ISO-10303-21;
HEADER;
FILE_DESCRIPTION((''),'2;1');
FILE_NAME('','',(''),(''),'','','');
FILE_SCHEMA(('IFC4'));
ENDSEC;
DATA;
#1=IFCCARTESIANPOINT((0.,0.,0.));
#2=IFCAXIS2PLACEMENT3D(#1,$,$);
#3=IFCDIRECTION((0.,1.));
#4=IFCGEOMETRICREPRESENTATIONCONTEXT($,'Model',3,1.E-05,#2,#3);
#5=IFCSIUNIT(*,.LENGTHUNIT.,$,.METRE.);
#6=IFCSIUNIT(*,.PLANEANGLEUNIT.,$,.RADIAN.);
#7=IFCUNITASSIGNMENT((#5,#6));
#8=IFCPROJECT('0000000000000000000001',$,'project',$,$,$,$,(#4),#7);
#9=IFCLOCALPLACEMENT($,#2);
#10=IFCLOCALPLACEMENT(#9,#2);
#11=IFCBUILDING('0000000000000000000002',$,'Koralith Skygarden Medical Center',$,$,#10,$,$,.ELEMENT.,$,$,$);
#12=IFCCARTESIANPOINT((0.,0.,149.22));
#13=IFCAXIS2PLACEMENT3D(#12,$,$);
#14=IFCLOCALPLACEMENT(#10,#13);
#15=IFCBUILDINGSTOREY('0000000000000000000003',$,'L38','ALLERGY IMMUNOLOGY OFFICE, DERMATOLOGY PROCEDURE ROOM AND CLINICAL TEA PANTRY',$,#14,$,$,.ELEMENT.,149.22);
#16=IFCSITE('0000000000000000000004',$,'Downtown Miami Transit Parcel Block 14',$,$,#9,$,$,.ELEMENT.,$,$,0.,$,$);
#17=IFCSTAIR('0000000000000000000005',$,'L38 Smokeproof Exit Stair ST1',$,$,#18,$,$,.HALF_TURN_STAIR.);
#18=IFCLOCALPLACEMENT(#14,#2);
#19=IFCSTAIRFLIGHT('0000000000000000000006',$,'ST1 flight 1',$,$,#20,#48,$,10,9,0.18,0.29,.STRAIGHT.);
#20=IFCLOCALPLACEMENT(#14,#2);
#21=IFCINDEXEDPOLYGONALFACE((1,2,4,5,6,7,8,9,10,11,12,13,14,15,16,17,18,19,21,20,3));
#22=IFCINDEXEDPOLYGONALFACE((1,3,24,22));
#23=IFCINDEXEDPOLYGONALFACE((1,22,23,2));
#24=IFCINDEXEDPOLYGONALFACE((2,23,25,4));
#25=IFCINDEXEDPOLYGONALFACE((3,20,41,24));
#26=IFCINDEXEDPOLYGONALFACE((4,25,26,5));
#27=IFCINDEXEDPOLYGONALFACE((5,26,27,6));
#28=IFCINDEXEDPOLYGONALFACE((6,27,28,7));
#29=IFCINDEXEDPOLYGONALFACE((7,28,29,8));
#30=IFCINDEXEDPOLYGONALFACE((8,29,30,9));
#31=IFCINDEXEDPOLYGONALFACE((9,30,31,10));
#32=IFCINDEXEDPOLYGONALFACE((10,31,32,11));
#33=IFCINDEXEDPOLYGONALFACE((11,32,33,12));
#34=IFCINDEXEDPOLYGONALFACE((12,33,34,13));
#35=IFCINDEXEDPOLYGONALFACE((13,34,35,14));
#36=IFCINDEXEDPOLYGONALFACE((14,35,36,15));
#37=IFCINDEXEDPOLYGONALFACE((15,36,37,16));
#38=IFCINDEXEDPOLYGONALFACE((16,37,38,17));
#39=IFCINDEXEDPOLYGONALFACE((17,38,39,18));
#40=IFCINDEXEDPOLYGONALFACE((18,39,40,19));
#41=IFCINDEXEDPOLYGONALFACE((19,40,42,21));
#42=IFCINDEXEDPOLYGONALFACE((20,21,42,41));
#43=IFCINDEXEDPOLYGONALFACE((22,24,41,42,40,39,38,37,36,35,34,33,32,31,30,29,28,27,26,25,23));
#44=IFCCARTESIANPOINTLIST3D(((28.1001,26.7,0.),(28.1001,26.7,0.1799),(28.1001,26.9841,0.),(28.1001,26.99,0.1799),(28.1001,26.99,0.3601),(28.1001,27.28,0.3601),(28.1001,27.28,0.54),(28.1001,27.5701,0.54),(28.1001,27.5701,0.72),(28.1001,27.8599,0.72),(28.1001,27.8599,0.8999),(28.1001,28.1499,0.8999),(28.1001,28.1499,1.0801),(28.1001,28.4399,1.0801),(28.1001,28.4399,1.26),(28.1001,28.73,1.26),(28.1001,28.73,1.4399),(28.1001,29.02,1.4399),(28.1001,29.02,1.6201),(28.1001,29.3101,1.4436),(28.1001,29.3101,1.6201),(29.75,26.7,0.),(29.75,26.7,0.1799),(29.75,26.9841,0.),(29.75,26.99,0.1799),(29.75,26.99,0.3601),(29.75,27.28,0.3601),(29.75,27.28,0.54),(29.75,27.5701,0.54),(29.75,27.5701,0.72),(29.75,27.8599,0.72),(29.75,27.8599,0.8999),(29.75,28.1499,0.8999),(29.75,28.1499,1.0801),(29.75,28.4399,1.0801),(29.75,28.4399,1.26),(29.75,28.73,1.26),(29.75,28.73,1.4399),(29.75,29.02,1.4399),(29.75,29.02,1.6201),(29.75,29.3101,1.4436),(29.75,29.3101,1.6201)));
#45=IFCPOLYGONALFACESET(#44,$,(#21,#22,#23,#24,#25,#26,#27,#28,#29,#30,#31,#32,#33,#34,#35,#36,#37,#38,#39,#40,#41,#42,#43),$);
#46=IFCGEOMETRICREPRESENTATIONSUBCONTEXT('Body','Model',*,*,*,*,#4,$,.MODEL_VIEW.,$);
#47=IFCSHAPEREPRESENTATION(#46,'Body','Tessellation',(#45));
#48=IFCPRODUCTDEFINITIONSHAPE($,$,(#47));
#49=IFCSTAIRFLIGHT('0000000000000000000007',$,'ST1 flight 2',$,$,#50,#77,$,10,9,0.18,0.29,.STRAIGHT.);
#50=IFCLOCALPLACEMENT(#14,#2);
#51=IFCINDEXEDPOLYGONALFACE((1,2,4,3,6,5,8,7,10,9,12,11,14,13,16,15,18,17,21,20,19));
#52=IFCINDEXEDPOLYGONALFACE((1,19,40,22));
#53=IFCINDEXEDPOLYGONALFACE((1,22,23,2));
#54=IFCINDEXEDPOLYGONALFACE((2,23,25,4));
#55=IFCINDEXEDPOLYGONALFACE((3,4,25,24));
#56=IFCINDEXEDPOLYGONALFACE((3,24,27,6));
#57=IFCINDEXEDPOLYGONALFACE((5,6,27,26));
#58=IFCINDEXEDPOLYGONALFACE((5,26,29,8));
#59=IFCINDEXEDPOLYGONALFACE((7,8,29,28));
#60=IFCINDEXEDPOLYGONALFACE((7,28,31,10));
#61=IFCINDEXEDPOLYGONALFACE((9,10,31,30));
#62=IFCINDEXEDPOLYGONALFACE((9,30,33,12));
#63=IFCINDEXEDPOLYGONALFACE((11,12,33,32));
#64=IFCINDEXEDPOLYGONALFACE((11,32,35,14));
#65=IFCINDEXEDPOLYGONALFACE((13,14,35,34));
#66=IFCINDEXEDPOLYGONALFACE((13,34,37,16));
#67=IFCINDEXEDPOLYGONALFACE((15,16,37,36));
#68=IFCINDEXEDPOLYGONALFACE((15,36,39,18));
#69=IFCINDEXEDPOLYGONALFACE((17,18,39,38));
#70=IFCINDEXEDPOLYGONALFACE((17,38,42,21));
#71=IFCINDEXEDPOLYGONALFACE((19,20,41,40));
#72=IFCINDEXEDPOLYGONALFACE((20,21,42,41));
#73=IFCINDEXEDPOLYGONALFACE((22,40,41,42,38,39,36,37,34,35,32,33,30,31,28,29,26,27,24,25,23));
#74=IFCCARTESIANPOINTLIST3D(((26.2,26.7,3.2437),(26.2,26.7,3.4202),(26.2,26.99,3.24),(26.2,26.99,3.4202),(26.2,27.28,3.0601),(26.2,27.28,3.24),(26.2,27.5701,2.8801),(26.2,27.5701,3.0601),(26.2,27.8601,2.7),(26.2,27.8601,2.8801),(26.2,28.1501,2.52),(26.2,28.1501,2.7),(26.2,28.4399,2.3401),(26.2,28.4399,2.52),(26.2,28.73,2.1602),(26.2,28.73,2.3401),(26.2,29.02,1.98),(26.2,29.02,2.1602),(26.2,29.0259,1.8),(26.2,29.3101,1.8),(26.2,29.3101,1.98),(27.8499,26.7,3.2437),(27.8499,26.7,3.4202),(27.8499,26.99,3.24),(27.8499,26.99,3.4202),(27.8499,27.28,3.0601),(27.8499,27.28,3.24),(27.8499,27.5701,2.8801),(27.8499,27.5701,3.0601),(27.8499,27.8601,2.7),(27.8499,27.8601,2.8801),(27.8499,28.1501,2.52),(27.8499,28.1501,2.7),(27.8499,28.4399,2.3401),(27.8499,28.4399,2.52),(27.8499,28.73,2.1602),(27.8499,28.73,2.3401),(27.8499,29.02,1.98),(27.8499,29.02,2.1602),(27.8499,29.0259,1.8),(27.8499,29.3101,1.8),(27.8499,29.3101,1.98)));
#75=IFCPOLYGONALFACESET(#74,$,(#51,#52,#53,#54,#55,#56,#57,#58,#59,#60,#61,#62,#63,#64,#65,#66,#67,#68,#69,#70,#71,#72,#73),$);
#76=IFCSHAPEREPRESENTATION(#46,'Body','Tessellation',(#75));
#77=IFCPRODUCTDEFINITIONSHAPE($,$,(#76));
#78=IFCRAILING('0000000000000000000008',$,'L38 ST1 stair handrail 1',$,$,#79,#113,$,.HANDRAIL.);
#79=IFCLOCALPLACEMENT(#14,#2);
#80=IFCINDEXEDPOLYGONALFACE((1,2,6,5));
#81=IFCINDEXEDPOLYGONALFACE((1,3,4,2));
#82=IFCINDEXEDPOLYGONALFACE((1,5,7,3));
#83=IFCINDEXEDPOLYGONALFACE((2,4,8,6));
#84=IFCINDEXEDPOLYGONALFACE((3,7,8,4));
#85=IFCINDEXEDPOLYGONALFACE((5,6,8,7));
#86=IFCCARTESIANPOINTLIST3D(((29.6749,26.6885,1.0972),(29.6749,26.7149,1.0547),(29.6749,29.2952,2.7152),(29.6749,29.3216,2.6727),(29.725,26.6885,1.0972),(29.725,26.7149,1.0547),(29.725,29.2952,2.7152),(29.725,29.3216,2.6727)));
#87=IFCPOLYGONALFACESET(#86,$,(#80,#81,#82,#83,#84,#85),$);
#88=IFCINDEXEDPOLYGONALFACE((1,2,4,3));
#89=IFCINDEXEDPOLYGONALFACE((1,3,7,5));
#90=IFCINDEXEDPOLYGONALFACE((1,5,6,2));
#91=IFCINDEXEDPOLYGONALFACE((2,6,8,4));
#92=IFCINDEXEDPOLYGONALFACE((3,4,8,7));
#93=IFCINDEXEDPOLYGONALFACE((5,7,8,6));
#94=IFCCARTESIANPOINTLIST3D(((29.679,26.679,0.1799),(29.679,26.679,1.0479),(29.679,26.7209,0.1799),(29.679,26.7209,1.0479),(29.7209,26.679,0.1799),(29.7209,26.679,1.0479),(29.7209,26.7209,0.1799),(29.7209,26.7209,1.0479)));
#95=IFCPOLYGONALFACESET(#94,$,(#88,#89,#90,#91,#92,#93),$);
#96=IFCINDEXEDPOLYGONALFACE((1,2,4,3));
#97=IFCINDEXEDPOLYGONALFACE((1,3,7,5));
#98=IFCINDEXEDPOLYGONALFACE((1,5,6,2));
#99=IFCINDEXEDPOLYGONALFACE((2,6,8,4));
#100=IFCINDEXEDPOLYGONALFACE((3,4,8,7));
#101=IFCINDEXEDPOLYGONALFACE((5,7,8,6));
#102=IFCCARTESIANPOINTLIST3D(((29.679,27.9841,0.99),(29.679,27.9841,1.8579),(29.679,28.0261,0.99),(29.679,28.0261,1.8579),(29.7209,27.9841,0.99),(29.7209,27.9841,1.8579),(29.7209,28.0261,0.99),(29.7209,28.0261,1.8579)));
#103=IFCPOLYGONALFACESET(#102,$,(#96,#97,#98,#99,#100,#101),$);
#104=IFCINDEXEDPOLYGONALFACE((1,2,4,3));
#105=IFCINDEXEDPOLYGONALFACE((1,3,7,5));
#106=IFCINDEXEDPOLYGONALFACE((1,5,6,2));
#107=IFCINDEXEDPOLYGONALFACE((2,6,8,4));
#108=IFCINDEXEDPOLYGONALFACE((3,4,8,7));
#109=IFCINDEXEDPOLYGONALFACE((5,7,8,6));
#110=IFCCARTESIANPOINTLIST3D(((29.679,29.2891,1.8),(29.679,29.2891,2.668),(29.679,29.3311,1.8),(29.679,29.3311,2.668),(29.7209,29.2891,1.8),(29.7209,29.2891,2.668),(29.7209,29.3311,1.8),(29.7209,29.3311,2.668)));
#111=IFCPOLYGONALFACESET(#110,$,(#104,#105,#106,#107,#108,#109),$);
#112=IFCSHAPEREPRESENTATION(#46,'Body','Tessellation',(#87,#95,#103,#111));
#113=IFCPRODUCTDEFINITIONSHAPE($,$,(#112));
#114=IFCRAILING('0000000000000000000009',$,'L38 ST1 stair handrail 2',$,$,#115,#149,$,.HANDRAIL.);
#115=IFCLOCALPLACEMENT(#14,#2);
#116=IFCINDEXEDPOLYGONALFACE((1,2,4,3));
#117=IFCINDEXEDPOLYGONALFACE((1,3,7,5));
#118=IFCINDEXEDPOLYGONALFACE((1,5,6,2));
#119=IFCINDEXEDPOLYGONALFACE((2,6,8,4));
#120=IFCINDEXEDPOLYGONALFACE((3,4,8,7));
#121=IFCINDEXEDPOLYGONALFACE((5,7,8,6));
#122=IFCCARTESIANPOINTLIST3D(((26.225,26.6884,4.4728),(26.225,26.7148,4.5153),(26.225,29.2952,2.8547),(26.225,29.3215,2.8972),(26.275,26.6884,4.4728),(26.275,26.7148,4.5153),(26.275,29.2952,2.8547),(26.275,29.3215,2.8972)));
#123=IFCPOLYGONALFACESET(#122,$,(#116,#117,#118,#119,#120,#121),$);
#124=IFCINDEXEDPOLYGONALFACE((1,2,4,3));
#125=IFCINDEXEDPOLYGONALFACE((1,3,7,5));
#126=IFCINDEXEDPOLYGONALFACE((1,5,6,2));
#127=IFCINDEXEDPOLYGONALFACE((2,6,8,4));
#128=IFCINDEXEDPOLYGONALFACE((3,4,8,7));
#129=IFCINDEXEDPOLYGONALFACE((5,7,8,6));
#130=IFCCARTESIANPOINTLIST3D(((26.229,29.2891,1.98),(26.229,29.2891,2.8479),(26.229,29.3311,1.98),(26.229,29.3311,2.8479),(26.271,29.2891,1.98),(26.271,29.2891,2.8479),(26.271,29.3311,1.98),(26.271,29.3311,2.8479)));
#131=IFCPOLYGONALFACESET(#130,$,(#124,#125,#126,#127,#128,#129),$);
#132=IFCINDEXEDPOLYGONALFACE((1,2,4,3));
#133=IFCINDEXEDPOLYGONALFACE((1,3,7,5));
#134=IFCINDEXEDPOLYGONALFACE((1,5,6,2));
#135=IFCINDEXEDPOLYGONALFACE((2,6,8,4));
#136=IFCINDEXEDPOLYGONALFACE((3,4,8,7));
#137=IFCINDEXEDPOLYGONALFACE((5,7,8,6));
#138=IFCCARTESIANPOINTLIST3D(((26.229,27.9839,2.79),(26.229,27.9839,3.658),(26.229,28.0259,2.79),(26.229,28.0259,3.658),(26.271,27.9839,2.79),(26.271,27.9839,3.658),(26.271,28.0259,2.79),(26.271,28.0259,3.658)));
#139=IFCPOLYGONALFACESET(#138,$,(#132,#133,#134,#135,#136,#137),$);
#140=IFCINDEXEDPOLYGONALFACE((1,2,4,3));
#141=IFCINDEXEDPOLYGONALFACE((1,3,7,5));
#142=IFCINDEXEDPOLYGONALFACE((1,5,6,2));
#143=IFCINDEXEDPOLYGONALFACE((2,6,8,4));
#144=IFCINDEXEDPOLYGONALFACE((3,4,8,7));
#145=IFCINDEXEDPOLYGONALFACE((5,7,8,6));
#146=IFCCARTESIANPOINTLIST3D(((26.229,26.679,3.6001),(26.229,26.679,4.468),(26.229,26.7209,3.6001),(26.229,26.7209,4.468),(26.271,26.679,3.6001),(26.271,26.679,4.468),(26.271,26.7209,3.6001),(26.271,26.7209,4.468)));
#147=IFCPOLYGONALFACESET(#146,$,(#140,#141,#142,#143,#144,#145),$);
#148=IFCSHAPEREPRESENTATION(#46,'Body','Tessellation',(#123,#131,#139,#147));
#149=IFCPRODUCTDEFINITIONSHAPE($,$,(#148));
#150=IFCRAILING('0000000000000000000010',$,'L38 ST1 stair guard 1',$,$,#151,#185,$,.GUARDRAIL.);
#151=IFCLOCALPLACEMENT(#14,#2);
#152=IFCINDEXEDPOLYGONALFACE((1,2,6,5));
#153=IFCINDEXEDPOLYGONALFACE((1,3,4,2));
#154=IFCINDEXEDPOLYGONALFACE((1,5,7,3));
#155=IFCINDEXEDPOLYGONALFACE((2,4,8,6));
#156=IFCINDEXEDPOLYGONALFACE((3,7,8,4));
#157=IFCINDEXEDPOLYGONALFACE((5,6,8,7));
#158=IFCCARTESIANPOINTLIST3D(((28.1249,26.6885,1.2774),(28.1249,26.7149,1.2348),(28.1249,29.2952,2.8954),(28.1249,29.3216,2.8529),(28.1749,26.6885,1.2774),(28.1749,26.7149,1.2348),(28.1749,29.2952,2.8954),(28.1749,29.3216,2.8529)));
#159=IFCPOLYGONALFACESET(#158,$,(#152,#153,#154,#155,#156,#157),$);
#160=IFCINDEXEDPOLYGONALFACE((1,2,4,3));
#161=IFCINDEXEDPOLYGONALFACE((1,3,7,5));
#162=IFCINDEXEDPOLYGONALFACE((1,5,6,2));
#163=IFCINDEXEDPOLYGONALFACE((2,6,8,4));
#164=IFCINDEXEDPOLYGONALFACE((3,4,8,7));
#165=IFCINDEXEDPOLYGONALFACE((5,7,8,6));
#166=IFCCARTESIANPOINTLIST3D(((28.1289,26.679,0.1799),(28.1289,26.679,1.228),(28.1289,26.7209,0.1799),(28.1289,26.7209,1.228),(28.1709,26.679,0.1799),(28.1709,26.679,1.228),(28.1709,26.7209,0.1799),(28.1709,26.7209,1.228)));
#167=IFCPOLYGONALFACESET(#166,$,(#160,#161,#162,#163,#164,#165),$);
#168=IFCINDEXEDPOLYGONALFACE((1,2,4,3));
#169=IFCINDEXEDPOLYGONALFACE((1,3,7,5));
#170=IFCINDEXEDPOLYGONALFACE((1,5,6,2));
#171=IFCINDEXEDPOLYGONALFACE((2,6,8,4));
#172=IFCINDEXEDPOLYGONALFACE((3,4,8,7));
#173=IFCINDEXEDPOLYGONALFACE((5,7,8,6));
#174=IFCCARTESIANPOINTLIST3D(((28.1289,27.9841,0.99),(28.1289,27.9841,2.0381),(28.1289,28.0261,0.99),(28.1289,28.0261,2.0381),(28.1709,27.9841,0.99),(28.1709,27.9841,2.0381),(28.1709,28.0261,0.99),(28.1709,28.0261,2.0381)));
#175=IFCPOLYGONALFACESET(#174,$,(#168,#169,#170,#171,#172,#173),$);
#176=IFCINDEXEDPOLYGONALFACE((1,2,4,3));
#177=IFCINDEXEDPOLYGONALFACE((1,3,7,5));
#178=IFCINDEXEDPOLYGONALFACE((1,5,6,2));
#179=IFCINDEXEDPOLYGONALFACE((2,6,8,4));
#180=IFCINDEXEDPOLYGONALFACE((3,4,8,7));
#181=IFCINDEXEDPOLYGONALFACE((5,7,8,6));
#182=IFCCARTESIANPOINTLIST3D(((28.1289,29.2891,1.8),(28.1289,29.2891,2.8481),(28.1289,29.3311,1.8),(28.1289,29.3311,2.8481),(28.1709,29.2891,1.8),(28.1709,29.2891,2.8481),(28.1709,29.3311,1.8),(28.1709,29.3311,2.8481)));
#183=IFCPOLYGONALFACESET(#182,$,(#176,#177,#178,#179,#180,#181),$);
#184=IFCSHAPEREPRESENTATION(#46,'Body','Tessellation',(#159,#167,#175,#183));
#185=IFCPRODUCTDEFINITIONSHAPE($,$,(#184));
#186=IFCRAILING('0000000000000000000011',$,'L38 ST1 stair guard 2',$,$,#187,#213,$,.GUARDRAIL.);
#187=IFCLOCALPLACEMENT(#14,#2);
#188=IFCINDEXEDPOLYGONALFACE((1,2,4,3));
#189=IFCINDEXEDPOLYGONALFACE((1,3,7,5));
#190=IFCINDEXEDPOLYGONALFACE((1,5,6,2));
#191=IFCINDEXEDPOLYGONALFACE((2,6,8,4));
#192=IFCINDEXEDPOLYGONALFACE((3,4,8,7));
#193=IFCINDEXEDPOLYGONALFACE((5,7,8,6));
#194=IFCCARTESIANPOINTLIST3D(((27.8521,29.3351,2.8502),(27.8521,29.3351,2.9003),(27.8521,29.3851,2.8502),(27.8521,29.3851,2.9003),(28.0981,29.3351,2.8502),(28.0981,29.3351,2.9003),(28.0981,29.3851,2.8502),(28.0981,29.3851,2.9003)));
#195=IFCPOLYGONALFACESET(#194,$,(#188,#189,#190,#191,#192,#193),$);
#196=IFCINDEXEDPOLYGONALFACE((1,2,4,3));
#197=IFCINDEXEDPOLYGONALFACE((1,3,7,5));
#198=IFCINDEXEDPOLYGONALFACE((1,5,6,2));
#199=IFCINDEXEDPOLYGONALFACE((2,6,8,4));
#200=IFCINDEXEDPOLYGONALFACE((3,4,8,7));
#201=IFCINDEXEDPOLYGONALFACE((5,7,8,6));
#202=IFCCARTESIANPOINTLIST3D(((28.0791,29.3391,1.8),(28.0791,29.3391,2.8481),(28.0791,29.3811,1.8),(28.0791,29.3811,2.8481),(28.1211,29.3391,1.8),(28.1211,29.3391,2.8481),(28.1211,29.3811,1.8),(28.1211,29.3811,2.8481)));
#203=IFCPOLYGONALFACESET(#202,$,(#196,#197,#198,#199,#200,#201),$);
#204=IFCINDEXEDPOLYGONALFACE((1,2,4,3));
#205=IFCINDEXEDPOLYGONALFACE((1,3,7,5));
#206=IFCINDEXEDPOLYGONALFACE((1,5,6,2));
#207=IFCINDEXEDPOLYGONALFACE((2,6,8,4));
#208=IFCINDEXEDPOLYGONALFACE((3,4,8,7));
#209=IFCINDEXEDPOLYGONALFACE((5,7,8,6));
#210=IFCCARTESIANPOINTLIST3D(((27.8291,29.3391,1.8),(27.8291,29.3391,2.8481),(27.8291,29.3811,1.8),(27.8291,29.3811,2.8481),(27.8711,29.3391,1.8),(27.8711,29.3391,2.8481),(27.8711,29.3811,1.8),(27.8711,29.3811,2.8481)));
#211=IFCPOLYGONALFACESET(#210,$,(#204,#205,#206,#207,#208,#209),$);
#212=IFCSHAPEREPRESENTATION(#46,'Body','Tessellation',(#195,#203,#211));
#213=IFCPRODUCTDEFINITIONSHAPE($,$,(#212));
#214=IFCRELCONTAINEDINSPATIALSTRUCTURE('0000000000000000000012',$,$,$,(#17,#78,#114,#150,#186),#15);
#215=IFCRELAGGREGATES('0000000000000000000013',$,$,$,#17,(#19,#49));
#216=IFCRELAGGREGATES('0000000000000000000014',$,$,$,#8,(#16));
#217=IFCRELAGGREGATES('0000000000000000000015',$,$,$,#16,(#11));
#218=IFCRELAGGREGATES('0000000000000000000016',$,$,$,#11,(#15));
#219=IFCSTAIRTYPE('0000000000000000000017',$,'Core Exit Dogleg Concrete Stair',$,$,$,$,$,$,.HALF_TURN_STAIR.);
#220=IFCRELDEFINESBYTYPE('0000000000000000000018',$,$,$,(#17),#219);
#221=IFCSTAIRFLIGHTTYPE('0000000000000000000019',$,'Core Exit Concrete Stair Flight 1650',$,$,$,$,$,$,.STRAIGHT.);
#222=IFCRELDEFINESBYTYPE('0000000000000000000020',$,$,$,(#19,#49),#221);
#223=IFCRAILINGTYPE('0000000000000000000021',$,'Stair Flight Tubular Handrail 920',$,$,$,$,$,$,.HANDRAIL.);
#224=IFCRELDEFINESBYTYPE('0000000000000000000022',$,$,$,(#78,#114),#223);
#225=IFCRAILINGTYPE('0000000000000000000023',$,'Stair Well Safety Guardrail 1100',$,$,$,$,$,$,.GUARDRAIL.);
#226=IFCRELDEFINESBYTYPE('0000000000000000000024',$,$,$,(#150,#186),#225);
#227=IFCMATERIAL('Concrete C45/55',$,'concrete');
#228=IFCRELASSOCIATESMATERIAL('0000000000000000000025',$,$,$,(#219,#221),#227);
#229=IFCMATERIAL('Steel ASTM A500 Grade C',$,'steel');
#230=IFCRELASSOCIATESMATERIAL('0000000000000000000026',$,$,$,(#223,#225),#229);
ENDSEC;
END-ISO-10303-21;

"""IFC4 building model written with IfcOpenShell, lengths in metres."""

from ifc_helpers import new_model, si_unit, direction, frame, origin, origin_2d, place, context, subcontext, project, spatial, polyline, rectangle, outline, extrude, material, type_object, element, aggregate, save


model = new_model("IFC4")

# Units and contexts
model_context = context("Model", 3, precision=1e-05, world=origin(), true_north=direction((0.0, 1.0)))
body_context = subcontext(model_context, "Body", "Model", "MODEL_VIEW")
ifc_project = project(units=[si_unit("LENGTHUNIT", "METRE"), si_unit("PLANEANGLEUNIT", "RADIAN")], contexts=[model_context])

# Site, building, storey
site_placement = place(None, origin())
site = spatial("IfcSite", under=ifc_project, at=site_placement, Name="Downtown Miami Transit Parcel Block 14", CompositionType="ELEMENT", RefElevation=0.0)
building_placement = place(site_placement, origin())
building = spatial("IfcBuilding", under=site, at=building_placement, Name="Koralith Skygarden Medical Center", CompositionType="ELEMENT")
storey_placement = place(building_placement, frame((0.0, 0.0, 149.22)))
storey = spatial("IfcBuildingStorey", under=building, at=storey_placement, Name="L38", Description="ALLERGY IMMUNOLOGY OFFICE, DERMATOLOGY PROCEDURE ROOM AND CLINICAL TEA PANTRY", CompositionType="ELEMENT", Elevation=149.22)

# Shared definitions
ifc_material_1 = material(Name="Concrete C45/55", Category="concrete")

# Shared definitions
ifc_material_2 = material(Name="Steel ASTM A500 Grade C", Category="steel")

# Stair, stair flights
stair_type = type_object("IfcStairType", Name="Core Exit Dogleg Concrete Stair", PredefinedType="HALF_TURN_STAIR", material=ifc_material_1)
stair_placement = place(storey_placement, origin())
stair = element("IfcStair", 1, at=stair_placement, inside=storey, type_object=stair_type, Name="L38 Smokeproof Exit Stair ST1", PredefinedType="HALF_TURN_STAIR")
stair_flight_type = type_object("IfcStairFlightType", Name="Core Exit Concrete Stair Flight 1650", PredefinedType="STRAIGHT", material=ifc_material_1)
stair_flight_1_placement = place(storey_placement, frame((28.925, 26.7, 0.0), z_axis=(0.0, 0.0, 1.0), x_axis=(0.0, 1.0, 0.0)))
stair_flight_1 = element("IfcStairFlight", 2, at=stair_flight_1_placement, type_object=stair_flight_type, Name="ST1 flight 1", NumberOfRisers=10, NumberOfTreads=9, PredefinedType="STRAIGHT", RiserHeight=0.18, TreadLength=0.29, context=body_context, shape_type="SweptSolid", body=[
    extrude(outline(polyline([(0.0, 0.0), (0.0, 0.1799), (0.29, 0.1799), (0.29, 0.3601), (0.5801, 0.3601), (0.5801, 0.54), (0.8701, 0.54), (0.8701, 0.72), (1.1599, 0.72), (1.1599, 0.8999), (1.45, 0.8999), (1.45, 1.0801), (1.74, 1.0801), (1.74, 1.26), (2.03, 1.26), (2.03, 1.4399), (2.3201, 1.4399), (2.3201, 1.6201), (2.6101, 1.6201), (2.6101, 1.8), (2.6101, 1.4436), (0.2842, 0.0), (0.0, 0.0)])), frame((0.0, 0.825, 0.0), z_axis=(0.0, -1.0, 0.0), x_axis=(1.0, 0.0, 0.0)), (0.0, 0.0, 1.0), 1.6499),
])
stair_flight_2_placement = place(storey_placement, frame((27.0249, 29.3101, 1.8), z_axis=(0.0, 0.0, 1.0), x_axis=(0.0, -1.0, 0.0)))
stair_flight_2 = element("IfcStairFlight", 3, at=stair_flight_2_placement, type_object=stair_flight_type, Name="ST1 flight 2", NumberOfRisers=10, NumberOfTreads=9, PredefinedType="STRAIGHT", RiserHeight=0.18, TreadLength=0.29, context=body_context, shape_type="SweptSolid", body=[
    extrude(outline(polyline([(0.0, 0.0), (0.0, 0.1799), (0.29, 0.1799), (0.29, 0.3601), (0.5801, 0.3601), (0.5801, 0.54), (0.8701, 0.54), (0.8701, 0.72), (1.1599, 0.72), (1.1599, 0.8999), (1.45, 0.8999), (1.45, 1.0801), (1.74, 1.0801), (1.74, 1.26), (2.03, 1.26), (2.03, 1.4399), (2.3201, 1.4399), (2.3201, 1.6201), (2.6101, 1.6201), (2.6101, 1.8), (2.6101, 1.4436), (0.2842, 0.0), (0.0, 0.0)])), frame((0.0, 0.825, 0.0), z_axis=(0.0, -1.0, 0.0), x_axis=(1.0, 0.0, 0.0)), (0.0, 0.0, 1.0), 1.6499),
])
aggregate(stair, [stair_flight_1, stair_flight_2])

# Railings
railing_type_1 = type_object("IfcRailingType", Name="Stair Flight Tubular Handrail 920", PredefinedType="HANDRAIL", material=ifc_material_2)
railing_1_placement = place(storey_placement, frame((29.7, 26.7, 0.1799)))
element("IfcRailing", 4, at=railing_1_placement, inside=storey, type_object=railing_type_1, Name="L38 ST1 stair handrail 1", PredefinedType="HANDRAIL", context=body_context, shape_type="SweptSolid", body=[
    extrude(rectangle(XDim=0.05, YDim=0.05, at=origin_2d()), frame((0.0, 0.0017, 0.896), z_axis=(0.0, 0.849633, 0.527375), x_axis=(-1.0, 0.0, 0.0)), (0.0, 0.0, 1.0), 3.0681),
    extrude(rectangle(XDim=0.042, YDim=0.042, at=origin_2d()), origin(), (0.0, 0.0, 1.0), 0.8679),
    extrude(rectangle(XDim=0.042, YDim=0.042, at=origin_2d()), frame((0.0, 1.3052, 0.8101)), (0.0, 0.0, 1.0), 0.8679),
    extrude(rectangle(XDim=0.042, YDim=0.042, at=origin_2d()), frame((0.0, 2.6101, 1.6201)), (0.0, 0.0, 1.0), 0.8679),
])
railing_2_placement = place(storey_placement, frame((26.25, 29.3101, 1.98)))
element("IfcRailing", 5, at=railing_2_placement, inside=storey, type_object=railing_type_1, Name="L38 ST1 stair handrail 2", PredefinedType="HANDRAIL", context=body_context, shape_type="SweptSolid", body=[
    extrude(rectangle(XDim=0.05, YDim=0.05, at=origin_2d()), frame((0.0, -0.0017, 0.896), z_axis=(0.0, -0.849633, 0.527375), x_axis=(1.0, 0.0, 0.0)), (0.0, 0.0, 1.0), 3.0681),
    extrude(rectangle(XDim=0.042, YDim=0.042, at=origin_2d()), origin(), (0.0, 0.0, 1.0), 0.8679),
    extrude(rectangle(XDim=0.042, YDim=0.042, at=origin_2d()), frame((0.0, -1.3052, 0.8101)), (0.0, 0.0, 1.0), 0.8679),
    extrude(rectangle(XDim=0.042, YDim=0.042, at=origin_2d()), frame((0.0, -2.6101, 1.6201)), (0.0, 0.0, 1.0), 0.8679),
])
railing_type_2 = type_object("IfcRailingType", Name="Stair Well Safety Guardrail 1100", PredefinedType="GUARDRAIL", material=ifc_material_2)
railing_3_placement = place(storey_placement, frame((28.1499, 26.7, 0.1799)))
element("IfcRailing", 6, at=railing_3_placement, inside=storey, type_object=railing_type_2, Name="L38 ST1 stair guard 1", PredefinedType="GUARDRAIL", context=body_context, shape_type="SweptSolid", body=[
    extrude(rectangle(XDim=0.05, YDim=0.05, at=origin_2d()), frame((0.0, 0.0017, 1.0762), z_axis=(0.0, 0.849633, 0.527375), x_axis=(-1.0, 0.0, 0.0)), (0.0, 0.0, 1.0), 3.0681),
    extrude(rectangle(XDim=0.042, YDim=0.042, at=origin_2d()), origin(), (0.0, 0.0, 1.0), 1.0481),
    extrude(rectangle(XDim=0.042, YDim=0.042, at=origin_2d()), frame((0.0, 1.3052, 0.8101)), (0.0, 0.0, 1.0), 1.0481),
    extrude(rectangle(XDim=0.042, YDim=0.042, at=origin_2d()), frame((0.0, 2.6101, 1.6201)), (0.0, 0.0, 1.0), 1.0481),
])
railing_4_placement = place(storey_placement, frame((28.1001, 29.3601, 1.8)))
element("IfcRailing", 7, at=railing_4_placement, inside=storey, type_object=railing_type_2, Name="L38 ST1 stair guard 2", PredefinedType="GUARDRAIL", context=body_context, shape_type="SweptSolid", body=[
    extrude(rectangle(XDim=0.05, YDim=0.05, at=origin_2d()), frame((-0.002, 0.0, 1.0752), z_axis=(-1.0, 0.0, 0.0), x_axis=(0.0, -1.0, 0.0)), (0.0, 0.0, 1.0), 0.2461),
    extrude(rectangle(XDim=0.042, YDim=0.042, at=origin_2d()), origin(), (0.0, 0.0, 1.0), 1.0481),
    extrude(rectangle(XDim=0.042, YDim=0.042, at=origin_2d()), frame((-0.25, 0.0, 0.0)), (0.0, 0.0, 1.0), 1.0481),
])

save(model, "model.ifc")
